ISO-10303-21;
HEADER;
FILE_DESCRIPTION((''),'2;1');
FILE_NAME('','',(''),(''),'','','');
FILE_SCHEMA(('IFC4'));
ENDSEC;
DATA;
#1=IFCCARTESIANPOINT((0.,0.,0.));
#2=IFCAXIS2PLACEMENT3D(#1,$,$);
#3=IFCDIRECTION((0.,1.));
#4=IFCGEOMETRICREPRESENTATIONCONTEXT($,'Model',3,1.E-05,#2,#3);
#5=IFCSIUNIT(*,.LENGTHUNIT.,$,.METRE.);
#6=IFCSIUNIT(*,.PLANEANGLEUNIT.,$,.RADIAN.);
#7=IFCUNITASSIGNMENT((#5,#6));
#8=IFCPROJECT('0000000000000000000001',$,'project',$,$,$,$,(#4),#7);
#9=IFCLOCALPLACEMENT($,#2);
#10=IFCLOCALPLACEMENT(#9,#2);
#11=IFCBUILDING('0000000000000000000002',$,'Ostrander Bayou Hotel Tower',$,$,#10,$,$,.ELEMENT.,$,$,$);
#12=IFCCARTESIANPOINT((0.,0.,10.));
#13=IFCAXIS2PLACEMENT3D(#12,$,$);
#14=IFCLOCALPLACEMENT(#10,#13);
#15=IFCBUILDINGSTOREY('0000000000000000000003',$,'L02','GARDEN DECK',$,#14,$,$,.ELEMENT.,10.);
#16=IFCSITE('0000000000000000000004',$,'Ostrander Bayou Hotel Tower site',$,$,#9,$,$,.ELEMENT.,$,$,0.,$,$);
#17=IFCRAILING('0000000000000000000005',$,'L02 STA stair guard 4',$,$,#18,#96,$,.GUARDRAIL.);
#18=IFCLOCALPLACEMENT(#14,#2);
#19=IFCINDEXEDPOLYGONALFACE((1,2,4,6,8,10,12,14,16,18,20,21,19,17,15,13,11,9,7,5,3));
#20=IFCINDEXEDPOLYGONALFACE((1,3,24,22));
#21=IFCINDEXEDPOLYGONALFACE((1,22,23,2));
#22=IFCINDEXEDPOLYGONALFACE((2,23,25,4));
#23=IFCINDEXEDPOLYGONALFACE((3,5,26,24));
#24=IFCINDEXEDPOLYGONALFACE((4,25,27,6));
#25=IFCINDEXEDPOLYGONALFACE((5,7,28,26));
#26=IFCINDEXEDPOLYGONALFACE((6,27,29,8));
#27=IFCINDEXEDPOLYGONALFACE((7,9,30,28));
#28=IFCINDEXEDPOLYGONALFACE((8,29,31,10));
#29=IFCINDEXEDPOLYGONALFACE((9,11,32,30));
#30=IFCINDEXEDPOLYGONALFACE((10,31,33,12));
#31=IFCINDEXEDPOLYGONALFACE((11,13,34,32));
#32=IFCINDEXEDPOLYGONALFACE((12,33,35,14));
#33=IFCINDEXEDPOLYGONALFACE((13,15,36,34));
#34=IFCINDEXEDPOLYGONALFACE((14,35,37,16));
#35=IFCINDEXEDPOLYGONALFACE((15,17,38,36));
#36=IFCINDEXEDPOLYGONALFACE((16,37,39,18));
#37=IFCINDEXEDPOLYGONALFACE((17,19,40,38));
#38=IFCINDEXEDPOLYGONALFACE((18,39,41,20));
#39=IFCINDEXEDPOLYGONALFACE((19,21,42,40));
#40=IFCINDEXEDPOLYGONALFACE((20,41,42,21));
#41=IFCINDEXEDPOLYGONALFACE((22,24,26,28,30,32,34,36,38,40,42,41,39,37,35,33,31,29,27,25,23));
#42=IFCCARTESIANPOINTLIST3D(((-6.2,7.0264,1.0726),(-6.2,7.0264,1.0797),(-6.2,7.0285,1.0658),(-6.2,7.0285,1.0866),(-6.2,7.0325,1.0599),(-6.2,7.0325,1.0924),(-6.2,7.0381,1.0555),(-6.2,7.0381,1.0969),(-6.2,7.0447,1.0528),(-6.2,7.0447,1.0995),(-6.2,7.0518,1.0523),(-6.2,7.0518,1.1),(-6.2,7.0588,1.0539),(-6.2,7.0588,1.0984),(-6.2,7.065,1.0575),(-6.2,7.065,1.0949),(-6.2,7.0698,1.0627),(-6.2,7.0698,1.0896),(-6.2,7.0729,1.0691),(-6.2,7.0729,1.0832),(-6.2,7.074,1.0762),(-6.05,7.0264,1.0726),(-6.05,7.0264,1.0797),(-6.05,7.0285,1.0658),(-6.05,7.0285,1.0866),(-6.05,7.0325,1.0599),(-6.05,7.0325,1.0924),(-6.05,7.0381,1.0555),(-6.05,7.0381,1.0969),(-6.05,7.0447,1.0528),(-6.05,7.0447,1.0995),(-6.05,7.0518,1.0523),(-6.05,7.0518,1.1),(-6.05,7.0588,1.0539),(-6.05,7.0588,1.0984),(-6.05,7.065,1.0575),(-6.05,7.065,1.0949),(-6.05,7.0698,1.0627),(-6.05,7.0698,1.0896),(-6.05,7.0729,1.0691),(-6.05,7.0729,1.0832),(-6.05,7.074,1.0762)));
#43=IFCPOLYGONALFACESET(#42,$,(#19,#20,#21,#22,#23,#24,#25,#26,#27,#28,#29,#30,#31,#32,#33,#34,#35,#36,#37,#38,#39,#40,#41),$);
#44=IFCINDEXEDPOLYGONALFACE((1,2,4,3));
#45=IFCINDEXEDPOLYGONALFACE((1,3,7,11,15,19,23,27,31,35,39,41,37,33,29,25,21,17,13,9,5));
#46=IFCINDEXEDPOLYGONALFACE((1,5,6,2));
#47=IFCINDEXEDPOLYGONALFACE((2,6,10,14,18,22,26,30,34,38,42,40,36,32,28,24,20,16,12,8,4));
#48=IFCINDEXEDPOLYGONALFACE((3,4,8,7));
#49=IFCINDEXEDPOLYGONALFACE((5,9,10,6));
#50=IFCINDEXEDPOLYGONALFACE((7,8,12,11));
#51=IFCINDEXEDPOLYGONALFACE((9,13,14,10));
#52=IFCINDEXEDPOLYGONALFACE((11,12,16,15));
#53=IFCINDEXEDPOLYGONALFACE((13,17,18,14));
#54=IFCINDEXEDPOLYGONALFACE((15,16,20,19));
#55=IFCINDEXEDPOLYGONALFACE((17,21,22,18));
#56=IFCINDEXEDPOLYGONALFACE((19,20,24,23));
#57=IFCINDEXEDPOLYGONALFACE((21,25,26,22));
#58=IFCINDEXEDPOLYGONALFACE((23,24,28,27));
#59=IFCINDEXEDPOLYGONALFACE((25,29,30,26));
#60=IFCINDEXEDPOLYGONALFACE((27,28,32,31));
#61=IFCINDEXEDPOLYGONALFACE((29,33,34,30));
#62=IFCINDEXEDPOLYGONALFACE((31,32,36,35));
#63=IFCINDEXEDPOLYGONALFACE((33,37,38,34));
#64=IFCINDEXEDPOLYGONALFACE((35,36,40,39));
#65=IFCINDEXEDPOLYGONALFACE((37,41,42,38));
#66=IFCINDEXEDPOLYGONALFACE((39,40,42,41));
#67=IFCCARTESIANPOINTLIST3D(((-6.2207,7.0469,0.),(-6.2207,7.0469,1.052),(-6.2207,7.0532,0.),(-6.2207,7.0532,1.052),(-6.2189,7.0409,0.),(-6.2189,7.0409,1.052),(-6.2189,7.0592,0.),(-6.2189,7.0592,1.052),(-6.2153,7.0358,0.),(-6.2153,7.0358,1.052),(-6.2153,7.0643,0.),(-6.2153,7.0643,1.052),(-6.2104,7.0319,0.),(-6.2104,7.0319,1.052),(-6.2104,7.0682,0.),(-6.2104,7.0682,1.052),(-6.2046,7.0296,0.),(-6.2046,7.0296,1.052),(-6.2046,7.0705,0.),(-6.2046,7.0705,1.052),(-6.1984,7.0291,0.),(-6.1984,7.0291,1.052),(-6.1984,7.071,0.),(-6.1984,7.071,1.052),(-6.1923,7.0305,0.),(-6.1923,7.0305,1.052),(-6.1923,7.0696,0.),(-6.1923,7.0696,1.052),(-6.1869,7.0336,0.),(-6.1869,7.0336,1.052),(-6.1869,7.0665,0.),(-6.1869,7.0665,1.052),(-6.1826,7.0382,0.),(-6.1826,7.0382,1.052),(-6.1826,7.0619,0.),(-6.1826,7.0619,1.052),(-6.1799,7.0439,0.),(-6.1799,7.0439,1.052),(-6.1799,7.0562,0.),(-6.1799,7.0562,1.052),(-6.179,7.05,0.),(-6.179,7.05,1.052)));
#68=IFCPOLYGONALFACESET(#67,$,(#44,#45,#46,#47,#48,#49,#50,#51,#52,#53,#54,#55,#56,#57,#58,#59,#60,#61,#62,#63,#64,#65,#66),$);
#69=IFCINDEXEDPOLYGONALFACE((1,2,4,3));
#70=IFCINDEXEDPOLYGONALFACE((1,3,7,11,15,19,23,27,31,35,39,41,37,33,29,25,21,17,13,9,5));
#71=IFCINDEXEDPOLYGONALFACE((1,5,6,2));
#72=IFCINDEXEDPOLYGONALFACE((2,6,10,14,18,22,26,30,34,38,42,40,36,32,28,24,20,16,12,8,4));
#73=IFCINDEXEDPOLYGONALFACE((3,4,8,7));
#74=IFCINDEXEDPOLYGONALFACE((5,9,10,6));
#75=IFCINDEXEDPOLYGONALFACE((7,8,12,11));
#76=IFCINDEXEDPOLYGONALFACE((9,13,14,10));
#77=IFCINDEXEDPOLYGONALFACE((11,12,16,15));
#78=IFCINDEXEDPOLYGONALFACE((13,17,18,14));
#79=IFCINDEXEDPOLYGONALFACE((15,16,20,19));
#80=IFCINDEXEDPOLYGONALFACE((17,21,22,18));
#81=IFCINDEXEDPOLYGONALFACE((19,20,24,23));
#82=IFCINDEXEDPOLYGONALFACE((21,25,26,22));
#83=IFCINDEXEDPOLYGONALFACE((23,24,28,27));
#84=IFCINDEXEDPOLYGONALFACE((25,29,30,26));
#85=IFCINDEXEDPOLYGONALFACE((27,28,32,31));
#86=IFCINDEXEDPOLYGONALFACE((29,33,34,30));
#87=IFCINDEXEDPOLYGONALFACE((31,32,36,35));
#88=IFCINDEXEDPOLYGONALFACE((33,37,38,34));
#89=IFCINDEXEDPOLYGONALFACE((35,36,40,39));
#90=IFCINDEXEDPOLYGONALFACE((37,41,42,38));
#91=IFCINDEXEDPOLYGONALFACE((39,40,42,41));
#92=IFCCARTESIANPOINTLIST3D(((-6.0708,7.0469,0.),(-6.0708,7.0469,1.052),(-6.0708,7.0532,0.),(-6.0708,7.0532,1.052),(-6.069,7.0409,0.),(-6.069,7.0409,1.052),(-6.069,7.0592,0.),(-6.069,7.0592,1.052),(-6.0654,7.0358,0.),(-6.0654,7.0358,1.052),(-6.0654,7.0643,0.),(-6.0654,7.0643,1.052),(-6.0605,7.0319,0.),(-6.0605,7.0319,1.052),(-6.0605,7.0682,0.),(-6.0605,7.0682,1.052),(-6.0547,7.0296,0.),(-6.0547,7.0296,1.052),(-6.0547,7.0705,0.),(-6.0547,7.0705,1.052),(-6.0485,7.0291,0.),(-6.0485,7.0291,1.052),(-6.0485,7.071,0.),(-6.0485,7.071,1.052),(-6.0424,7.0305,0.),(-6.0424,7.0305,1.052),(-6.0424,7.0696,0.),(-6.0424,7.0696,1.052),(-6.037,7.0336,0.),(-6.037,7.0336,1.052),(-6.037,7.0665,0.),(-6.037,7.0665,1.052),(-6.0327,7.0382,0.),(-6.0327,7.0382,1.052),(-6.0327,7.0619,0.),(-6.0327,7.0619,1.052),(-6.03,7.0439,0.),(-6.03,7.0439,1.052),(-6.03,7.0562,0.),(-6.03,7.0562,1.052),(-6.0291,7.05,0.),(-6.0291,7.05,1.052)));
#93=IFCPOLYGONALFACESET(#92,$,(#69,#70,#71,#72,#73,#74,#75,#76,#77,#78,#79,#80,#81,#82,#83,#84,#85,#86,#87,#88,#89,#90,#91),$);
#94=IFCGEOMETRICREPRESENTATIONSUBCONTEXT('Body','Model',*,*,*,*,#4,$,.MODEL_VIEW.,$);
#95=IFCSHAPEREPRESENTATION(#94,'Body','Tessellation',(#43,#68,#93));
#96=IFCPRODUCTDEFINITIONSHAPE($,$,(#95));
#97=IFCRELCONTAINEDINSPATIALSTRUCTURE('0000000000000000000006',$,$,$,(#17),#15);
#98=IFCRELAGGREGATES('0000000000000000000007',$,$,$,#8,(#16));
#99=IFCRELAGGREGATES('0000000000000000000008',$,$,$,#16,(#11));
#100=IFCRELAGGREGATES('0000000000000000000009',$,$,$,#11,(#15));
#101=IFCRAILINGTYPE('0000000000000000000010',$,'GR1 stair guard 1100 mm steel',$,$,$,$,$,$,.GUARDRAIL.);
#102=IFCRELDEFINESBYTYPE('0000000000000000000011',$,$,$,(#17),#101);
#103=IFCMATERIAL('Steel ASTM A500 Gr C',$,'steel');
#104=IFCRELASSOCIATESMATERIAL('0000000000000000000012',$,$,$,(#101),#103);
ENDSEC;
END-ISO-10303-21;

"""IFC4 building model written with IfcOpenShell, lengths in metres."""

from ifc_helpers import new_model, si_unit, direction, frame, origin, origin_2d, place, context, subcontext, project, spatial, circle, extrude, material, type_object, element, save


model = new_model("IFC4")

# Units and contexts
model_context = context("Model", 3, precision=1e-05, world=origin(), true_north=direction((0.0, 1.0)))
body_context = subcontext(model_context, "Body", "Model", "MODEL_VIEW")
ifc_project = project(units=[si_unit("LENGTHUNIT", "METRE"), si_unit("PLANEANGLEUNIT", "RADIAN")], contexts=[model_context])

# Site, building, storey
site_placement = place(None, origin())
site = spatial("IfcSite", under=ifc_project, at=site_placement, Name="Ostrander Bayou Hotel Tower site", CompositionType="ELEMENT", RefElevation=0.0)
building_placement = place(site_placement, origin())
building = spatial("IfcBuilding", under=site, at=building_placement, Name="Ostrander Bayou Hotel Tower", CompositionType="ELEMENT")
storey_placement = place(building_placement, frame((0.0, 0.0, 10.0)))
storey = spatial("IfcBuildingStorey", under=building, at=storey_placement, Name="L02", Description="GARDEN DECK", CompositionType="ELEMENT", Elevation=10.0)

# Railing
ifc_material_1 = material(Name="Steel ASTM A500 Gr C", Category="steel")
railing_type = type_object("IfcRailingType", Name="GR1 stair guard 1100 mm steel", PredefinedType="GUARDRAIL", material=ifc_material_1)
railing_1_placement = place(storey_placement, frame((-6.2, 7.05, 0.0)))
element("IfcRailing", 1, at=railing_1_placement, inside=storey, type_object=railing_type, Name="L02 STA stair guard 4", PredefinedType="GUARDRAIL", context=body_context, shape_type="SweptSolid", body=[
    extrude(circle(Radius=0.0239, at=origin_2d()), frame((0.0, 0.0, 1.0762), z_axis=(1.0, 0.0, 0.0), x_axis=(0.0, 1.0, 0.0)), (0.0, 0.0, 1.0), 0.1499),
    extrude(circle(Radius=0.021, at=origin_2d()), origin(), (0.0, 0.0, 1.0), 1.052),
    extrude(circle(Radius=0.021, at=origin_2d()), frame((0.1499, 0.0, 0.0)), (0.0, 0.0, 1.0), 1.052),
])

save(model, "model.ifc")
